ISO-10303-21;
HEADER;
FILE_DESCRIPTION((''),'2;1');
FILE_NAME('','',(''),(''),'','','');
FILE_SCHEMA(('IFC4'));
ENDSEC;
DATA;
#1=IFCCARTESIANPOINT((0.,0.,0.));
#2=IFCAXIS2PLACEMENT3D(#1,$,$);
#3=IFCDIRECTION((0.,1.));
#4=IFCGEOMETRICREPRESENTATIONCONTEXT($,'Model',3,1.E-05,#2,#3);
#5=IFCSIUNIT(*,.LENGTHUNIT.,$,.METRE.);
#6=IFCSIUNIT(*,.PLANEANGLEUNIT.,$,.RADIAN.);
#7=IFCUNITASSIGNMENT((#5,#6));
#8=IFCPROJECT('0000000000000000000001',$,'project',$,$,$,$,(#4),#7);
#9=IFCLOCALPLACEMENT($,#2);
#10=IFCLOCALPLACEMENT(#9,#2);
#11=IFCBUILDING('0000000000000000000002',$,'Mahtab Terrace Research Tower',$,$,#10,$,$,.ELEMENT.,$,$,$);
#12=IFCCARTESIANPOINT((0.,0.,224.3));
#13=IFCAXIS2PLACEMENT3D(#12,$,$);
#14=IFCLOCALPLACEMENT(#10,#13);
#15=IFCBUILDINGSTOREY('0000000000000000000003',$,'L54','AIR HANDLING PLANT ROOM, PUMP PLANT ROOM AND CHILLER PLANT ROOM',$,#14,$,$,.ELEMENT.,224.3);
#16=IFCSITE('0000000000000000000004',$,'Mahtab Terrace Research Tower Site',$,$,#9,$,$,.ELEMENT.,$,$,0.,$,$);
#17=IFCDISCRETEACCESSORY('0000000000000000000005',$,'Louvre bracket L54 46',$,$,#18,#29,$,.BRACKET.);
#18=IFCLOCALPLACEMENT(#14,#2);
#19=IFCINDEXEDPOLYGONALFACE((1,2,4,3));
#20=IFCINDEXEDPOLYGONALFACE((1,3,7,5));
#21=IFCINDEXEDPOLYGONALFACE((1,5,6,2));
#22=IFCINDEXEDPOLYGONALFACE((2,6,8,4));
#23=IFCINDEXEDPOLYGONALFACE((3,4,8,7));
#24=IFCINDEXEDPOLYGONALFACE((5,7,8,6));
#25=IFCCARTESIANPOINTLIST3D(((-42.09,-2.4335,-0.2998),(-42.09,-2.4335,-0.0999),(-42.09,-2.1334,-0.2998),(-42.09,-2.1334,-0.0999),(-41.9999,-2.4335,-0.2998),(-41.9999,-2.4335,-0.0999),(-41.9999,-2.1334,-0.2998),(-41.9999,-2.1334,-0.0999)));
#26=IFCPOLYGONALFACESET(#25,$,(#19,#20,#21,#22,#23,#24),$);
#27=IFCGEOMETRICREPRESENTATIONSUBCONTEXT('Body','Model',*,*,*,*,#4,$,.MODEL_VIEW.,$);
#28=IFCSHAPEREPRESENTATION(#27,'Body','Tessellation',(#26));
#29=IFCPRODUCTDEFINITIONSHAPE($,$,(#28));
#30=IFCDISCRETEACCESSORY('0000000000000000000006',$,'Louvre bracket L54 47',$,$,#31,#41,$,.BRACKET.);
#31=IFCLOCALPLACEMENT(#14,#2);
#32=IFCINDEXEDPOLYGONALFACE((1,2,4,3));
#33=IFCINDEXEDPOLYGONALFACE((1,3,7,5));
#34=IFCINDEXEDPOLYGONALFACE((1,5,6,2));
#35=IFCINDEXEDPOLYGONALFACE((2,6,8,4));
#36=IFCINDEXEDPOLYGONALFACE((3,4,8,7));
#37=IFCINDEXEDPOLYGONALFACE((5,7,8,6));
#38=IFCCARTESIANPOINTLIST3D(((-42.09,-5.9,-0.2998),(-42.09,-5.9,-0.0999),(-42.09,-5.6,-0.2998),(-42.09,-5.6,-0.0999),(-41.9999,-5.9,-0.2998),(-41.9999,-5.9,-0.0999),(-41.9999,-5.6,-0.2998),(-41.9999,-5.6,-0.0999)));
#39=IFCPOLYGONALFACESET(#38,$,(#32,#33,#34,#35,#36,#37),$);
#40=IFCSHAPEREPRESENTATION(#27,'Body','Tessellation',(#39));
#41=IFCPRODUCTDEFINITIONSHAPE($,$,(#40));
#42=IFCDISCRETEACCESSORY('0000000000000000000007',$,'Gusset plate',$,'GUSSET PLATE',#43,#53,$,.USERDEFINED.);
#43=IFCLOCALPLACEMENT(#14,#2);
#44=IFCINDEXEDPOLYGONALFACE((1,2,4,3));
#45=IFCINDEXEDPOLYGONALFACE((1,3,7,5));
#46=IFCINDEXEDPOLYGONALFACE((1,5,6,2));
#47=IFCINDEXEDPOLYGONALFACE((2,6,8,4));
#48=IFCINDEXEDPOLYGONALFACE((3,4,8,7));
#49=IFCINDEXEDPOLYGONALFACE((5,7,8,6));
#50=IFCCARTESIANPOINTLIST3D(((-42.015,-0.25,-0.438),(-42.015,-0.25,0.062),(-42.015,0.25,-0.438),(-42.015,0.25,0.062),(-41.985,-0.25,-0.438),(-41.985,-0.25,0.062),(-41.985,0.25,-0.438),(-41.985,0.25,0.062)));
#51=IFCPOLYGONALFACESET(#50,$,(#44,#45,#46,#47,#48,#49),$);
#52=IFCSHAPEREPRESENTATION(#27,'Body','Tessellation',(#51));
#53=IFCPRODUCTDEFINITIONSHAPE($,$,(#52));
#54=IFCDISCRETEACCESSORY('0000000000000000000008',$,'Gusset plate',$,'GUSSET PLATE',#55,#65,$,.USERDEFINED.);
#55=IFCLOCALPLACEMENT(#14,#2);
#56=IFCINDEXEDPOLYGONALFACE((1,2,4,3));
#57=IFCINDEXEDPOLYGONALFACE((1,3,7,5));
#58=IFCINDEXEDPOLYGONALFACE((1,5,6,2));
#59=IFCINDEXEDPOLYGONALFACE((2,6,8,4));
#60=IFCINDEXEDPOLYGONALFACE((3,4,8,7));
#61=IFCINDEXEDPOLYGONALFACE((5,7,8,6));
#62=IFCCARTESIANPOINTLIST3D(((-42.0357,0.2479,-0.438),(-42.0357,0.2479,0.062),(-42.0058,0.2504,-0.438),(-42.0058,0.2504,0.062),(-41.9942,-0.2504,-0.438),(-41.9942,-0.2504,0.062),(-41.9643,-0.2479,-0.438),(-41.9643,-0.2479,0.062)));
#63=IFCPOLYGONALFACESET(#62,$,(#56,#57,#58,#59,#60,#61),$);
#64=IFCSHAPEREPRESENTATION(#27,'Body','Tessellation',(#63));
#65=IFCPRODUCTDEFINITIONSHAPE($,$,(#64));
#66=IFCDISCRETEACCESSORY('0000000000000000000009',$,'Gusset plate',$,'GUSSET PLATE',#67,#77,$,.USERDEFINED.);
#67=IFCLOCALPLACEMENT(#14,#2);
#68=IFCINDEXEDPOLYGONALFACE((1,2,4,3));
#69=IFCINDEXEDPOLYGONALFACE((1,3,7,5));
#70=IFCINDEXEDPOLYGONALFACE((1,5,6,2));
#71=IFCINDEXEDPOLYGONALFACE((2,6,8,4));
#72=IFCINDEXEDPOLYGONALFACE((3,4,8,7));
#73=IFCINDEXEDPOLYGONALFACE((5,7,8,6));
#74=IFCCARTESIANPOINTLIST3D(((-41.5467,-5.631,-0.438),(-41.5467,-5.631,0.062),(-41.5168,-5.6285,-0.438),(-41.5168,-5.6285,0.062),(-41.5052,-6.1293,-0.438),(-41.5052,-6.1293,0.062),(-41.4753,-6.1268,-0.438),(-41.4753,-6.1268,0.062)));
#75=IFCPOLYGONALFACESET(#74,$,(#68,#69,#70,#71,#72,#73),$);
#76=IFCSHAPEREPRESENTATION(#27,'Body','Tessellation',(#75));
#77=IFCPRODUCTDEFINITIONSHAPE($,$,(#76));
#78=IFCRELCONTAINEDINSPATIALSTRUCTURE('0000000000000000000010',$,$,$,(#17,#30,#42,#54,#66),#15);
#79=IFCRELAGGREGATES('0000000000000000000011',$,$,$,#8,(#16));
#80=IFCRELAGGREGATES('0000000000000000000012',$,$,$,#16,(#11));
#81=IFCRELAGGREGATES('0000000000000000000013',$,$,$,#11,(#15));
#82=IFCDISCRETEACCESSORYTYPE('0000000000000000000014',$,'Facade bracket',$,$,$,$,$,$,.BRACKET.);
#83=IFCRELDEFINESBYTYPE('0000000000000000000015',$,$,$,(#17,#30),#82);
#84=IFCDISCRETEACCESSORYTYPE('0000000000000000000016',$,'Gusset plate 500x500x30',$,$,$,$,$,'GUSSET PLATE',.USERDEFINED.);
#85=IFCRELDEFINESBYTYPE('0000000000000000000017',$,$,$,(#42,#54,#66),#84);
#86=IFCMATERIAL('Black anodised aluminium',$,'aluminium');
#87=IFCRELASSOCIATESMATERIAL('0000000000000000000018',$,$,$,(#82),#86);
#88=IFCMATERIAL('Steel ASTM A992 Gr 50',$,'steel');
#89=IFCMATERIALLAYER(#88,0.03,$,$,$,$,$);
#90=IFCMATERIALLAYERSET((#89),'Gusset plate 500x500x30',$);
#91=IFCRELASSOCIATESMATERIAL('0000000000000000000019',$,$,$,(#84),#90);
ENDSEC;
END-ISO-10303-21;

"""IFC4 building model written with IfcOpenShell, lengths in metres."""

from ifc_helpers import new_model, si_unit, direction, frame, origin, origin_2d, place, context, subcontext, project, spatial, rectangle, extrude, material, layer, layer_set, type_object, element, save


model = new_model("IFC4")

# Units and contexts
model_context = context("Model", 3, precision=1e-05, world=origin(), true_north=direction((0.0, 1.0)))
body_context = subcontext(model_context, "Body", "Model", "MODEL_VIEW")
ifc_project = project(units=[si_unit("LENGTHUNIT", "METRE"), si_unit("PLANEANGLEUNIT", "RADIAN")], contexts=[model_context])

# Site, building, storey
site_placement = place(None, origin())
site = spatial("IfcSite", under=ifc_project, at=site_placement, Name="Mahtab Terrace Research Tower Site", CompositionType="ELEMENT", RefElevation=0.0)
building_placement = place(site_placement, origin())
building = spatial("IfcBuilding", under=site, at=building_placement, Name="Mahtab Terrace Research Tower", CompositionType="ELEMENT")
storey_placement = place(building_placement, frame((0.0, 0.0, 224.3)))
storey = spatial("IfcBuildingStorey", under=building, at=storey_placement, Name="L54", Description="AIR HANDLING PLANT ROOM, PUMP PLANT ROOM AND CHILLER PLANT ROOM", CompositionType="ELEMENT", Elevation=224.3)

# Shared definitions
ifc_material_1 = material(Name="Steel ASTM A992 Gr 50", Category="steel")

# Discrete accessories
ifc_material_2 = material(Name="Black anodised aluminium", Category="aluminium")
discrete_accessory_type_1 = type_object("IfcDiscreteAccessoryType", Name="Facade bracket", PredefinedType="BRACKET", material=ifc_material_2)
for number, where, z_axis, x_axis, name in (
    (1, (-42.0449, -2.2834, -0.2998), (0.0, 0.0, 1.0), (0.0, -1.0, 0.0), "Louvre bracket L54 46"),
    (2, (-42.0449, -5.75, -0.2998), (0.0, 0.0, 1.0), (0.0, -1.0, 0.0), "Louvre bracket L54 47"),
):
    element("IfcDiscreteAccessory", number, at=place(storey_placement, frame(where, z_axis=z_axis, x_axis=x_axis)), inside=storey, type_object=discrete_accessory_type_1, Name=name, PredefinedType="BRACKET", context=body_context, shape_type="SweptSolid", body=[
        extrude(rectangle(XDim=0.3, YDim=0.0901, at=origin_2d()), origin(), (0.0, 0.0, 1.0), 0.2),
    ])
ifc_layer = layer(ifc_material_1, 0.03)
ifc_layer_set = layer_set([ifc_layer], Name="Gusset plate 500x500x30")
discrete_accessory_type_2 = type_object("IfcDiscreteAccessoryType", Name="Gusset plate 500x500x30", ElementType="GUSSET PLATE", PredefinedType="USERDEFINED", material=ifc_layer_set)
for number, where, z_axis, x_axis, name in (
    (3, (-42.0, 0.0, -0.438), (0.0, 0.0, 1.0), (0.0, 1.0, 0.0), "Gusset plate"),
    (4, (-42.0, 0.0, -0.438), (0.0, 0.0, 1.0), (-0.082895, 0.996558, 0.0), "Gusset plate"),
    (5, (-41.511, -5.8789, -0.438), (0.0, 0.0, 1.0), (-0.083052, 0.996545, 0.0), "Gusset plate"),
):
    element("IfcDiscreteAccessory", number, at=place(storey_placement, frame(where, z_axis=z_axis, x_axis=x_axis)), inside=storey, type_object=discrete_accessory_type_2, Name=name, ObjectType="GUSSET PLATE", PredefinedType="USERDEFINED", context=body_context, shape_type="SweptSolid", body=[
        extrude(rectangle(XDim=0.5, YDim=0.03, at=origin_2d()), origin(), (0.0, 0.0, 1.0), 0.5),
    ])

save(model, "model.ifc")
